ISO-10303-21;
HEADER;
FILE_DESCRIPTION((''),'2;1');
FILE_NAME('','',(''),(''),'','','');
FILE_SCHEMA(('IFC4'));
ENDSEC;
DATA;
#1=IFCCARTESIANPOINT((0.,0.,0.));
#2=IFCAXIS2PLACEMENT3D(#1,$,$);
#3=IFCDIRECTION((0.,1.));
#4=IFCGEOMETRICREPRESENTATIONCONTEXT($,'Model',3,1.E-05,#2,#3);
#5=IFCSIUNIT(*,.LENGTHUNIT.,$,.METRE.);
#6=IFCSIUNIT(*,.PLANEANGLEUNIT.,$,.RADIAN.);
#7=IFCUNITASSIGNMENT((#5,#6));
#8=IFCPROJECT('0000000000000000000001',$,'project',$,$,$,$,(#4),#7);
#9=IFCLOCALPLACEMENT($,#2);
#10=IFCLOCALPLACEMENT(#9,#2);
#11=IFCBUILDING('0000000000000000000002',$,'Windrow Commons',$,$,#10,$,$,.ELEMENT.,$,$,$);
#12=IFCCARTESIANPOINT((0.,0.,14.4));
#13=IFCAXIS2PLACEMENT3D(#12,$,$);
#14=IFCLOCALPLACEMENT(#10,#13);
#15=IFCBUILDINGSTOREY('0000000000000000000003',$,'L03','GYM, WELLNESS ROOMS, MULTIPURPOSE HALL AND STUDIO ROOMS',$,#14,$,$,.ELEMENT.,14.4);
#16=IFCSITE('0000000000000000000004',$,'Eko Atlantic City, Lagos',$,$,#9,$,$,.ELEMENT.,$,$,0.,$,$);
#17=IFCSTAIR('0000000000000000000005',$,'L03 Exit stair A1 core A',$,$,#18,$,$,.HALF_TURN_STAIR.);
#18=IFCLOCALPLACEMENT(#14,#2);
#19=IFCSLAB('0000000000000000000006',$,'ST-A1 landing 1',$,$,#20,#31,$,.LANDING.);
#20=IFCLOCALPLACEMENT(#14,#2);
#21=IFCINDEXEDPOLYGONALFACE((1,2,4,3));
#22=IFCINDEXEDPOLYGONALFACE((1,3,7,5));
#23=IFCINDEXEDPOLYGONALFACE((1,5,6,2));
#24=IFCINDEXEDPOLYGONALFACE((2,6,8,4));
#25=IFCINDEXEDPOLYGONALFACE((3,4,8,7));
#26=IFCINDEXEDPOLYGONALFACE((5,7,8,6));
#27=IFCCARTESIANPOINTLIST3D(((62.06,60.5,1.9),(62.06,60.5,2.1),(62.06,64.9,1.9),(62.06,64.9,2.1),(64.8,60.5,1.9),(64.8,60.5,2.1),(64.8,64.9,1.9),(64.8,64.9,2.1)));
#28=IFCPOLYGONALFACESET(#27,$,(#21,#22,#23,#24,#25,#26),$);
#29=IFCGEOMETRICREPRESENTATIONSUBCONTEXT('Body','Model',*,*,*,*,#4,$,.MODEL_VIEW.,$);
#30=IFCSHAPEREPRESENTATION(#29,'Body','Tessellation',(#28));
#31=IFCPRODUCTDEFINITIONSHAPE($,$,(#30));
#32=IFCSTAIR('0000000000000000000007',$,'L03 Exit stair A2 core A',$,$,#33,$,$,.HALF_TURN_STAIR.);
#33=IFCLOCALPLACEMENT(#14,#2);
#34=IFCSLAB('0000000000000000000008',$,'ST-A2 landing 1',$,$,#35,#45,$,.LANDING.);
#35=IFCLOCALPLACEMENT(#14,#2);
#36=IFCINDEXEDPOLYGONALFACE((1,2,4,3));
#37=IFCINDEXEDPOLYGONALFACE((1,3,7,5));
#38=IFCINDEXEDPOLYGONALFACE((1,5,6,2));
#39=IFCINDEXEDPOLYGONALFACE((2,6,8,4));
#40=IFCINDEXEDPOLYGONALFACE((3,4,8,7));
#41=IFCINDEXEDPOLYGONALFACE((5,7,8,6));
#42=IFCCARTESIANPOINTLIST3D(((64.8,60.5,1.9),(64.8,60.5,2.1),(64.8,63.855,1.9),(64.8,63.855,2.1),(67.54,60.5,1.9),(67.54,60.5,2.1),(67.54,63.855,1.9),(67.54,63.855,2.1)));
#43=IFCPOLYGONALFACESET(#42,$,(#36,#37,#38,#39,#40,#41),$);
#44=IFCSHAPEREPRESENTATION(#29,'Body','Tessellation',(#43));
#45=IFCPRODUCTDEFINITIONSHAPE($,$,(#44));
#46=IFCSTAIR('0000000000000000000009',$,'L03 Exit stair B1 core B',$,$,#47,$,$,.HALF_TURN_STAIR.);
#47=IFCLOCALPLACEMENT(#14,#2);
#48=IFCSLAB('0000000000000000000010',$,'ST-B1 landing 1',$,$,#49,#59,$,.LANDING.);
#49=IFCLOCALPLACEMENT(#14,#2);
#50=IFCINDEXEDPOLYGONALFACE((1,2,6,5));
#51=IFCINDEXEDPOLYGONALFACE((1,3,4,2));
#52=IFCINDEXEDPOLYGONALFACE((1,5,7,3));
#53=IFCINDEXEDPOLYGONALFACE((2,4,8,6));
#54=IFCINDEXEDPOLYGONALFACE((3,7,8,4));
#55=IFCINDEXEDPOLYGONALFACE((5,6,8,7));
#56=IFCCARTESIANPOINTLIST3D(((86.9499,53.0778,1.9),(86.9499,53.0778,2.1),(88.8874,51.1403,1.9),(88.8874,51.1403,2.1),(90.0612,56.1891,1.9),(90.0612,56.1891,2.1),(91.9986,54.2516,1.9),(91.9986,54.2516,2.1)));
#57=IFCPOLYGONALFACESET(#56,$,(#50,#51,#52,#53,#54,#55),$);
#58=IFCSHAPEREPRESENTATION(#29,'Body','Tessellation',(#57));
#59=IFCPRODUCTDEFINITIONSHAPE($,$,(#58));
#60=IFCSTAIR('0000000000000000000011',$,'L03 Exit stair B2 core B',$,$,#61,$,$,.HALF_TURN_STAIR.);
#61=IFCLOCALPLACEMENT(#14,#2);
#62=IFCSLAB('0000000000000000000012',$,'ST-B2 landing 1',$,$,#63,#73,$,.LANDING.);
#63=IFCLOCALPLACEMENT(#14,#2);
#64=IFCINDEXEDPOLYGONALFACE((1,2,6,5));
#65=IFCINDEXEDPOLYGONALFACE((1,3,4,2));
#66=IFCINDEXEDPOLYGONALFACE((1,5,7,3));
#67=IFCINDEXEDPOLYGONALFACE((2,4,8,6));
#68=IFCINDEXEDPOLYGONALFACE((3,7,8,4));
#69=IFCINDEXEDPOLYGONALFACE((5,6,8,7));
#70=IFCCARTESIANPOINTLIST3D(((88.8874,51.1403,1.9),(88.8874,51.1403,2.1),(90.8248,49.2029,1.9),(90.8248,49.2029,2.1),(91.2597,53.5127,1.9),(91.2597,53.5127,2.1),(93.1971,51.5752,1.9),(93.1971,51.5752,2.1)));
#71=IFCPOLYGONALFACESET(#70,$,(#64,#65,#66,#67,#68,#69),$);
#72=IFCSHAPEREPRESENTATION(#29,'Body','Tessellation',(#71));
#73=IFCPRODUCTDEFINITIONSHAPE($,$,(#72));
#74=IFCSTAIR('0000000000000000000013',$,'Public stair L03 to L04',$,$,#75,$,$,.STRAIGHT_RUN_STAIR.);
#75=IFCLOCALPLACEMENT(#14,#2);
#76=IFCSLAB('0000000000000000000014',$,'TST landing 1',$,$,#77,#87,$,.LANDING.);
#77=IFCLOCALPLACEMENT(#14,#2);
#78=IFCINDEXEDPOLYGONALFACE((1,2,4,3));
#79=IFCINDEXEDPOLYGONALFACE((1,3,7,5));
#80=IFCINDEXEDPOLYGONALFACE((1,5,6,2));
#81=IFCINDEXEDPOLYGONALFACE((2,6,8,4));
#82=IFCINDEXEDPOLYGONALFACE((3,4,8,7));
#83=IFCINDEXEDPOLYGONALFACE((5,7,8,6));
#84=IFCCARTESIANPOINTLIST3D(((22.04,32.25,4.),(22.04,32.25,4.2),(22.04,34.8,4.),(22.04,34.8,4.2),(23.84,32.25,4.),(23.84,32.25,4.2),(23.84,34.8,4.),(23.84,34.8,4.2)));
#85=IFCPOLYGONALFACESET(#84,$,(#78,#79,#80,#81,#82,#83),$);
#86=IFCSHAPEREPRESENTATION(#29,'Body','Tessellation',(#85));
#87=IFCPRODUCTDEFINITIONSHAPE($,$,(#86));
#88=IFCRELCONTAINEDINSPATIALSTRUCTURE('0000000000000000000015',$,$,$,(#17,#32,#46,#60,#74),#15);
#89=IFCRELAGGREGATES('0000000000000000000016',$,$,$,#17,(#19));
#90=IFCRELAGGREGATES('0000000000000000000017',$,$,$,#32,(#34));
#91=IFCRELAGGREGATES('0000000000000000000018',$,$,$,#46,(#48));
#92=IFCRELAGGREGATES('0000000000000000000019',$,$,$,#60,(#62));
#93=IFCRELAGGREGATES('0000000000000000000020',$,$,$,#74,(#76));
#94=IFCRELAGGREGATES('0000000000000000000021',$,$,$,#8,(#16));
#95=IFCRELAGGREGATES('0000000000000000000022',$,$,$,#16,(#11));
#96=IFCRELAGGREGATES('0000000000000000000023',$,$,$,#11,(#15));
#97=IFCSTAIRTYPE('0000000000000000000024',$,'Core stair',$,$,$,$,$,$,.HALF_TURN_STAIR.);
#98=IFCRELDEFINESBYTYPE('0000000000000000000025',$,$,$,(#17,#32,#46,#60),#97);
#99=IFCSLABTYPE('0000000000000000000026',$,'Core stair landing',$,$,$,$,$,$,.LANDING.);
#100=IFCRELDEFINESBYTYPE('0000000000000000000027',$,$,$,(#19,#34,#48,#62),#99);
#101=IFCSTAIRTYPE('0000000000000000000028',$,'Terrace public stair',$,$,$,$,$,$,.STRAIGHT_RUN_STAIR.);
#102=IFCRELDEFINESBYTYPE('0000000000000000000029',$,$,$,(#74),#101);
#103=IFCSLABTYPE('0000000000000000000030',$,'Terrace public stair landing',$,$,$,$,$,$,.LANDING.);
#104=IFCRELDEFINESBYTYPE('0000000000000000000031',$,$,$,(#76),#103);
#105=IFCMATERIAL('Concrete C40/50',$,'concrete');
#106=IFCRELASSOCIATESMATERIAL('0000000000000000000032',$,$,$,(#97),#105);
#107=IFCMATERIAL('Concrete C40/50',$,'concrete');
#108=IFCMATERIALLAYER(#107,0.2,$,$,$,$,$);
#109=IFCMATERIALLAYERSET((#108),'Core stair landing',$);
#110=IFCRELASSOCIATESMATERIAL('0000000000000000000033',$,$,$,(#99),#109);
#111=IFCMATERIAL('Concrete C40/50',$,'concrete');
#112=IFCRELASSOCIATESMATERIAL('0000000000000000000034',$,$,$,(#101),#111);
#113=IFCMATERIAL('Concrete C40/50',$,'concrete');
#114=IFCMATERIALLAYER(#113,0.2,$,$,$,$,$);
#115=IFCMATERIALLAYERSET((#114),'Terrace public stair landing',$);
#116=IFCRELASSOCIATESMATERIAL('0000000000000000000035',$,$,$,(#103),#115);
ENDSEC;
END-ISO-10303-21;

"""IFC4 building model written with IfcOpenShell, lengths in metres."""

from ifc_helpers import new_model, si_unit, direction, frame, origin, place, context, subcontext, project, spatial, polyline, outline, extrude, material, layer, layer_set, type_object, element, aggregate, save


model = new_model("IFC4")

# Units and contexts
model_context = context("Model", 3, precision=1e-05, world=origin(), true_north=direction((0.0, 1.0)))
body_context = subcontext(model_context, "Body", "Model", "MODEL_VIEW")
ifc_project = project(units=[si_unit("LENGTHUNIT", "METRE"), si_unit("PLANEANGLEUNIT", "RADIAN")], contexts=[model_context])

# Site, building, storey
site_placement = place(None, origin())
site = spatial("IfcSite", under=ifc_project, at=site_placement, Name="Eko Atlantic City, Lagos", CompositionType="ELEMENT", RefElevation=0.0)
building_placement = place(site_placement, origin())
building = spatial("IfcBuilding", under=site, at=building_placement, Name="Windrow Commons", CompositionType="ELEMENT")
storey_placement = place(building_placement, frame((0.0, 0.0, 14.4)))
storey = spatial("IfcBuildingStorey", under=building, at=storey_placement, Name="L03", Description="GYM, WELLNESS ROOMS, MULTIPURPOSE HALL AND STUDIO ROOMS", CompositionType="ELEMENT", Elevation=14.4)

# Stairs, slabs
ifc_material_1 = material(Name="Concrete C40/50", Category="concrete")
stair_type_1 = type_object("IfcStairType", Name="Core stair", PredefinedType="HALF_TURN_STAIR", material=ifc_material_1)
placement_1 = place(storey_placement, origin())
stair_1 = element("IfcStair", 1, at=placement_1, inside=storey, type_object=stair_type_1, Name="L03 Exit stair A1 core A", PredefinedType="HALF_TURN_STAIR")
ifc_material_2 = material(Name="Concrete C40/50", Category="concrete")
ifc_layer_1 = layer(ifc_material_2, 0.2)
ifc_layer_set_1 = layer_set([ifc_layer_1], Name="Core stair landing")
slab_type_1 = type_object("IfcSlabType", Name="Core stair landing", PredefinedType="LANDING", material=ifc_layer_set_1)
placement_2 = place(storey_placement, frame((0.0, 0.0, 1.9)))
slab_1 = element("IfcSlab", 2, at=placement_2, type_object=slab_type_1, Name="ST-A1 landing 1", PredefinedType="LANDING", context=body_context, shape_type="SweptSolid", body=[
    extrude(outline(polyline([(62.06, 60.5), (64.8, 60.5), (64.8, 64.9), (62.06, 64.9), (62.06, 60.5)])), origin(), (0.0, 0.0, 1.0), 0.2),
])
aggregate(stair_1, [slab_1])
stair_2 = element("IfcStair", 3, at=placement_1, inside=storey, type_object=stair_type_1, Name="L03 Exit stair A2 core A", PredefinedType="HALF_TURN_STAIR")
slab_2 = element("IfcSlab", 4, at=placement_2, type_object=slab_type_1, Name="ST-A2 landing 1", PredefinedType="LANDING", context=body_context, shape_type="SweptSolid", body=[
    extrude(outline(polyline([(64.8, 60.5), (67.54, 60.5), (67.54, 63.855), (64.8, 63.855), (64.8, 60.5)])), origin(), (0.0, 0.0, 1.0), 0.2),
])
aggregate(stair_2, [slab_2])
stair_3 = element("IfcStair", 5, at=placement_1, inside=storey, type_object=stair_type_1, Name="L03 Exit stair B1 core B", PredefinedType="HALF_TURN_STAIR")
slab_3 = element("IfcSlab", 6, at=placement_2, type_object=slab_type_1, Name="ST-B1 landing 1", PredefinedType="LANDING", context=body_context, shape_type="SweptSolid", body=[
    extrude(outline(polyline([(86.9499, 53.0778), (88.8874, 51.1403), (91.9986, 54.2516), (90.0612, 56.1891), (86.9499, 53.0778)])), origin(), (0.0, 0.0, 1.0), 0.2),
])
aggregate(stair_3, [slab_3])
stair_4 = element("IfcStair", 7, at=placement_1, inside=storey, type_object=stair_type_1, Name="L03 Exit stair B2 core B", PredefinedType="HALF_TURN_STAIR")
slab_4 = element("IfcSlab", 8, at=placement_2, type_object=slab_type_1, Name="ST-B2 landing 1", PredefinedType="LANDING", context=body_context, shape_type="SweptSolid", body=[
    extrude(outline(polyline([(88.8874, 51.1403), (90.8248, 49.2029), (93.1971, 51.5752), (91.2597, 53.5127), (88.8874, 51.1403)])), origin(), (0.0, 0.0, 1.0), 0.2),
])
aggregate(stair_4, [slab_4])
ifc_material_3 = material(Name="Concrete C40/50", Category="concrete")
stair_type_2 = type_object("IfcStairType", Name="Terrace public stair", PredefinedType="STRAIGHT_RUN_STAIR", material=ifc_material_3)
stair_5 = element("IfcStair", 9, at=placement_1, inside=storey, type_object=stair_type_2, Name="Public stair L03 to L04", PredefinedType="STRAIGHT_RUN_STAIR")
ifc_material_4 = material(Name="Concrete C40/50", Category="concrete")
ifc_layer_2 = layer(ifc_material_4, 0.2)
ifc_layer_set_2 = layer_set([ifc_layer_2], Name="Terrace public stair landing")
slab_type_2 = type_object("IfcSlabType", Name="Terrace public stair landing", PredefinedType="LANDING", material=ifc_layer_set_2)
slab_5_placement = place(storey_placement, frame((0.0, 0.0, 4.0)))
slab_5 = element("IfcSlab", 10, at=slab_5_placement, type_object=slab_type_2, Name="TST landing 1", PredefinedType="LANDING", context=body_context, shape_type="SweptSolid", body=[
    extrude(outline(polyline([(22.04, 34.8), (23.84, 34.8), (23.84, 32.25), (22.04, 32.25), (22.04, 34.8)])), origin(), (0.0, 0.0, 1.0), 0.2),
])
aggregate(stair_5, [slab_5])

save(model, "model.ifc")
